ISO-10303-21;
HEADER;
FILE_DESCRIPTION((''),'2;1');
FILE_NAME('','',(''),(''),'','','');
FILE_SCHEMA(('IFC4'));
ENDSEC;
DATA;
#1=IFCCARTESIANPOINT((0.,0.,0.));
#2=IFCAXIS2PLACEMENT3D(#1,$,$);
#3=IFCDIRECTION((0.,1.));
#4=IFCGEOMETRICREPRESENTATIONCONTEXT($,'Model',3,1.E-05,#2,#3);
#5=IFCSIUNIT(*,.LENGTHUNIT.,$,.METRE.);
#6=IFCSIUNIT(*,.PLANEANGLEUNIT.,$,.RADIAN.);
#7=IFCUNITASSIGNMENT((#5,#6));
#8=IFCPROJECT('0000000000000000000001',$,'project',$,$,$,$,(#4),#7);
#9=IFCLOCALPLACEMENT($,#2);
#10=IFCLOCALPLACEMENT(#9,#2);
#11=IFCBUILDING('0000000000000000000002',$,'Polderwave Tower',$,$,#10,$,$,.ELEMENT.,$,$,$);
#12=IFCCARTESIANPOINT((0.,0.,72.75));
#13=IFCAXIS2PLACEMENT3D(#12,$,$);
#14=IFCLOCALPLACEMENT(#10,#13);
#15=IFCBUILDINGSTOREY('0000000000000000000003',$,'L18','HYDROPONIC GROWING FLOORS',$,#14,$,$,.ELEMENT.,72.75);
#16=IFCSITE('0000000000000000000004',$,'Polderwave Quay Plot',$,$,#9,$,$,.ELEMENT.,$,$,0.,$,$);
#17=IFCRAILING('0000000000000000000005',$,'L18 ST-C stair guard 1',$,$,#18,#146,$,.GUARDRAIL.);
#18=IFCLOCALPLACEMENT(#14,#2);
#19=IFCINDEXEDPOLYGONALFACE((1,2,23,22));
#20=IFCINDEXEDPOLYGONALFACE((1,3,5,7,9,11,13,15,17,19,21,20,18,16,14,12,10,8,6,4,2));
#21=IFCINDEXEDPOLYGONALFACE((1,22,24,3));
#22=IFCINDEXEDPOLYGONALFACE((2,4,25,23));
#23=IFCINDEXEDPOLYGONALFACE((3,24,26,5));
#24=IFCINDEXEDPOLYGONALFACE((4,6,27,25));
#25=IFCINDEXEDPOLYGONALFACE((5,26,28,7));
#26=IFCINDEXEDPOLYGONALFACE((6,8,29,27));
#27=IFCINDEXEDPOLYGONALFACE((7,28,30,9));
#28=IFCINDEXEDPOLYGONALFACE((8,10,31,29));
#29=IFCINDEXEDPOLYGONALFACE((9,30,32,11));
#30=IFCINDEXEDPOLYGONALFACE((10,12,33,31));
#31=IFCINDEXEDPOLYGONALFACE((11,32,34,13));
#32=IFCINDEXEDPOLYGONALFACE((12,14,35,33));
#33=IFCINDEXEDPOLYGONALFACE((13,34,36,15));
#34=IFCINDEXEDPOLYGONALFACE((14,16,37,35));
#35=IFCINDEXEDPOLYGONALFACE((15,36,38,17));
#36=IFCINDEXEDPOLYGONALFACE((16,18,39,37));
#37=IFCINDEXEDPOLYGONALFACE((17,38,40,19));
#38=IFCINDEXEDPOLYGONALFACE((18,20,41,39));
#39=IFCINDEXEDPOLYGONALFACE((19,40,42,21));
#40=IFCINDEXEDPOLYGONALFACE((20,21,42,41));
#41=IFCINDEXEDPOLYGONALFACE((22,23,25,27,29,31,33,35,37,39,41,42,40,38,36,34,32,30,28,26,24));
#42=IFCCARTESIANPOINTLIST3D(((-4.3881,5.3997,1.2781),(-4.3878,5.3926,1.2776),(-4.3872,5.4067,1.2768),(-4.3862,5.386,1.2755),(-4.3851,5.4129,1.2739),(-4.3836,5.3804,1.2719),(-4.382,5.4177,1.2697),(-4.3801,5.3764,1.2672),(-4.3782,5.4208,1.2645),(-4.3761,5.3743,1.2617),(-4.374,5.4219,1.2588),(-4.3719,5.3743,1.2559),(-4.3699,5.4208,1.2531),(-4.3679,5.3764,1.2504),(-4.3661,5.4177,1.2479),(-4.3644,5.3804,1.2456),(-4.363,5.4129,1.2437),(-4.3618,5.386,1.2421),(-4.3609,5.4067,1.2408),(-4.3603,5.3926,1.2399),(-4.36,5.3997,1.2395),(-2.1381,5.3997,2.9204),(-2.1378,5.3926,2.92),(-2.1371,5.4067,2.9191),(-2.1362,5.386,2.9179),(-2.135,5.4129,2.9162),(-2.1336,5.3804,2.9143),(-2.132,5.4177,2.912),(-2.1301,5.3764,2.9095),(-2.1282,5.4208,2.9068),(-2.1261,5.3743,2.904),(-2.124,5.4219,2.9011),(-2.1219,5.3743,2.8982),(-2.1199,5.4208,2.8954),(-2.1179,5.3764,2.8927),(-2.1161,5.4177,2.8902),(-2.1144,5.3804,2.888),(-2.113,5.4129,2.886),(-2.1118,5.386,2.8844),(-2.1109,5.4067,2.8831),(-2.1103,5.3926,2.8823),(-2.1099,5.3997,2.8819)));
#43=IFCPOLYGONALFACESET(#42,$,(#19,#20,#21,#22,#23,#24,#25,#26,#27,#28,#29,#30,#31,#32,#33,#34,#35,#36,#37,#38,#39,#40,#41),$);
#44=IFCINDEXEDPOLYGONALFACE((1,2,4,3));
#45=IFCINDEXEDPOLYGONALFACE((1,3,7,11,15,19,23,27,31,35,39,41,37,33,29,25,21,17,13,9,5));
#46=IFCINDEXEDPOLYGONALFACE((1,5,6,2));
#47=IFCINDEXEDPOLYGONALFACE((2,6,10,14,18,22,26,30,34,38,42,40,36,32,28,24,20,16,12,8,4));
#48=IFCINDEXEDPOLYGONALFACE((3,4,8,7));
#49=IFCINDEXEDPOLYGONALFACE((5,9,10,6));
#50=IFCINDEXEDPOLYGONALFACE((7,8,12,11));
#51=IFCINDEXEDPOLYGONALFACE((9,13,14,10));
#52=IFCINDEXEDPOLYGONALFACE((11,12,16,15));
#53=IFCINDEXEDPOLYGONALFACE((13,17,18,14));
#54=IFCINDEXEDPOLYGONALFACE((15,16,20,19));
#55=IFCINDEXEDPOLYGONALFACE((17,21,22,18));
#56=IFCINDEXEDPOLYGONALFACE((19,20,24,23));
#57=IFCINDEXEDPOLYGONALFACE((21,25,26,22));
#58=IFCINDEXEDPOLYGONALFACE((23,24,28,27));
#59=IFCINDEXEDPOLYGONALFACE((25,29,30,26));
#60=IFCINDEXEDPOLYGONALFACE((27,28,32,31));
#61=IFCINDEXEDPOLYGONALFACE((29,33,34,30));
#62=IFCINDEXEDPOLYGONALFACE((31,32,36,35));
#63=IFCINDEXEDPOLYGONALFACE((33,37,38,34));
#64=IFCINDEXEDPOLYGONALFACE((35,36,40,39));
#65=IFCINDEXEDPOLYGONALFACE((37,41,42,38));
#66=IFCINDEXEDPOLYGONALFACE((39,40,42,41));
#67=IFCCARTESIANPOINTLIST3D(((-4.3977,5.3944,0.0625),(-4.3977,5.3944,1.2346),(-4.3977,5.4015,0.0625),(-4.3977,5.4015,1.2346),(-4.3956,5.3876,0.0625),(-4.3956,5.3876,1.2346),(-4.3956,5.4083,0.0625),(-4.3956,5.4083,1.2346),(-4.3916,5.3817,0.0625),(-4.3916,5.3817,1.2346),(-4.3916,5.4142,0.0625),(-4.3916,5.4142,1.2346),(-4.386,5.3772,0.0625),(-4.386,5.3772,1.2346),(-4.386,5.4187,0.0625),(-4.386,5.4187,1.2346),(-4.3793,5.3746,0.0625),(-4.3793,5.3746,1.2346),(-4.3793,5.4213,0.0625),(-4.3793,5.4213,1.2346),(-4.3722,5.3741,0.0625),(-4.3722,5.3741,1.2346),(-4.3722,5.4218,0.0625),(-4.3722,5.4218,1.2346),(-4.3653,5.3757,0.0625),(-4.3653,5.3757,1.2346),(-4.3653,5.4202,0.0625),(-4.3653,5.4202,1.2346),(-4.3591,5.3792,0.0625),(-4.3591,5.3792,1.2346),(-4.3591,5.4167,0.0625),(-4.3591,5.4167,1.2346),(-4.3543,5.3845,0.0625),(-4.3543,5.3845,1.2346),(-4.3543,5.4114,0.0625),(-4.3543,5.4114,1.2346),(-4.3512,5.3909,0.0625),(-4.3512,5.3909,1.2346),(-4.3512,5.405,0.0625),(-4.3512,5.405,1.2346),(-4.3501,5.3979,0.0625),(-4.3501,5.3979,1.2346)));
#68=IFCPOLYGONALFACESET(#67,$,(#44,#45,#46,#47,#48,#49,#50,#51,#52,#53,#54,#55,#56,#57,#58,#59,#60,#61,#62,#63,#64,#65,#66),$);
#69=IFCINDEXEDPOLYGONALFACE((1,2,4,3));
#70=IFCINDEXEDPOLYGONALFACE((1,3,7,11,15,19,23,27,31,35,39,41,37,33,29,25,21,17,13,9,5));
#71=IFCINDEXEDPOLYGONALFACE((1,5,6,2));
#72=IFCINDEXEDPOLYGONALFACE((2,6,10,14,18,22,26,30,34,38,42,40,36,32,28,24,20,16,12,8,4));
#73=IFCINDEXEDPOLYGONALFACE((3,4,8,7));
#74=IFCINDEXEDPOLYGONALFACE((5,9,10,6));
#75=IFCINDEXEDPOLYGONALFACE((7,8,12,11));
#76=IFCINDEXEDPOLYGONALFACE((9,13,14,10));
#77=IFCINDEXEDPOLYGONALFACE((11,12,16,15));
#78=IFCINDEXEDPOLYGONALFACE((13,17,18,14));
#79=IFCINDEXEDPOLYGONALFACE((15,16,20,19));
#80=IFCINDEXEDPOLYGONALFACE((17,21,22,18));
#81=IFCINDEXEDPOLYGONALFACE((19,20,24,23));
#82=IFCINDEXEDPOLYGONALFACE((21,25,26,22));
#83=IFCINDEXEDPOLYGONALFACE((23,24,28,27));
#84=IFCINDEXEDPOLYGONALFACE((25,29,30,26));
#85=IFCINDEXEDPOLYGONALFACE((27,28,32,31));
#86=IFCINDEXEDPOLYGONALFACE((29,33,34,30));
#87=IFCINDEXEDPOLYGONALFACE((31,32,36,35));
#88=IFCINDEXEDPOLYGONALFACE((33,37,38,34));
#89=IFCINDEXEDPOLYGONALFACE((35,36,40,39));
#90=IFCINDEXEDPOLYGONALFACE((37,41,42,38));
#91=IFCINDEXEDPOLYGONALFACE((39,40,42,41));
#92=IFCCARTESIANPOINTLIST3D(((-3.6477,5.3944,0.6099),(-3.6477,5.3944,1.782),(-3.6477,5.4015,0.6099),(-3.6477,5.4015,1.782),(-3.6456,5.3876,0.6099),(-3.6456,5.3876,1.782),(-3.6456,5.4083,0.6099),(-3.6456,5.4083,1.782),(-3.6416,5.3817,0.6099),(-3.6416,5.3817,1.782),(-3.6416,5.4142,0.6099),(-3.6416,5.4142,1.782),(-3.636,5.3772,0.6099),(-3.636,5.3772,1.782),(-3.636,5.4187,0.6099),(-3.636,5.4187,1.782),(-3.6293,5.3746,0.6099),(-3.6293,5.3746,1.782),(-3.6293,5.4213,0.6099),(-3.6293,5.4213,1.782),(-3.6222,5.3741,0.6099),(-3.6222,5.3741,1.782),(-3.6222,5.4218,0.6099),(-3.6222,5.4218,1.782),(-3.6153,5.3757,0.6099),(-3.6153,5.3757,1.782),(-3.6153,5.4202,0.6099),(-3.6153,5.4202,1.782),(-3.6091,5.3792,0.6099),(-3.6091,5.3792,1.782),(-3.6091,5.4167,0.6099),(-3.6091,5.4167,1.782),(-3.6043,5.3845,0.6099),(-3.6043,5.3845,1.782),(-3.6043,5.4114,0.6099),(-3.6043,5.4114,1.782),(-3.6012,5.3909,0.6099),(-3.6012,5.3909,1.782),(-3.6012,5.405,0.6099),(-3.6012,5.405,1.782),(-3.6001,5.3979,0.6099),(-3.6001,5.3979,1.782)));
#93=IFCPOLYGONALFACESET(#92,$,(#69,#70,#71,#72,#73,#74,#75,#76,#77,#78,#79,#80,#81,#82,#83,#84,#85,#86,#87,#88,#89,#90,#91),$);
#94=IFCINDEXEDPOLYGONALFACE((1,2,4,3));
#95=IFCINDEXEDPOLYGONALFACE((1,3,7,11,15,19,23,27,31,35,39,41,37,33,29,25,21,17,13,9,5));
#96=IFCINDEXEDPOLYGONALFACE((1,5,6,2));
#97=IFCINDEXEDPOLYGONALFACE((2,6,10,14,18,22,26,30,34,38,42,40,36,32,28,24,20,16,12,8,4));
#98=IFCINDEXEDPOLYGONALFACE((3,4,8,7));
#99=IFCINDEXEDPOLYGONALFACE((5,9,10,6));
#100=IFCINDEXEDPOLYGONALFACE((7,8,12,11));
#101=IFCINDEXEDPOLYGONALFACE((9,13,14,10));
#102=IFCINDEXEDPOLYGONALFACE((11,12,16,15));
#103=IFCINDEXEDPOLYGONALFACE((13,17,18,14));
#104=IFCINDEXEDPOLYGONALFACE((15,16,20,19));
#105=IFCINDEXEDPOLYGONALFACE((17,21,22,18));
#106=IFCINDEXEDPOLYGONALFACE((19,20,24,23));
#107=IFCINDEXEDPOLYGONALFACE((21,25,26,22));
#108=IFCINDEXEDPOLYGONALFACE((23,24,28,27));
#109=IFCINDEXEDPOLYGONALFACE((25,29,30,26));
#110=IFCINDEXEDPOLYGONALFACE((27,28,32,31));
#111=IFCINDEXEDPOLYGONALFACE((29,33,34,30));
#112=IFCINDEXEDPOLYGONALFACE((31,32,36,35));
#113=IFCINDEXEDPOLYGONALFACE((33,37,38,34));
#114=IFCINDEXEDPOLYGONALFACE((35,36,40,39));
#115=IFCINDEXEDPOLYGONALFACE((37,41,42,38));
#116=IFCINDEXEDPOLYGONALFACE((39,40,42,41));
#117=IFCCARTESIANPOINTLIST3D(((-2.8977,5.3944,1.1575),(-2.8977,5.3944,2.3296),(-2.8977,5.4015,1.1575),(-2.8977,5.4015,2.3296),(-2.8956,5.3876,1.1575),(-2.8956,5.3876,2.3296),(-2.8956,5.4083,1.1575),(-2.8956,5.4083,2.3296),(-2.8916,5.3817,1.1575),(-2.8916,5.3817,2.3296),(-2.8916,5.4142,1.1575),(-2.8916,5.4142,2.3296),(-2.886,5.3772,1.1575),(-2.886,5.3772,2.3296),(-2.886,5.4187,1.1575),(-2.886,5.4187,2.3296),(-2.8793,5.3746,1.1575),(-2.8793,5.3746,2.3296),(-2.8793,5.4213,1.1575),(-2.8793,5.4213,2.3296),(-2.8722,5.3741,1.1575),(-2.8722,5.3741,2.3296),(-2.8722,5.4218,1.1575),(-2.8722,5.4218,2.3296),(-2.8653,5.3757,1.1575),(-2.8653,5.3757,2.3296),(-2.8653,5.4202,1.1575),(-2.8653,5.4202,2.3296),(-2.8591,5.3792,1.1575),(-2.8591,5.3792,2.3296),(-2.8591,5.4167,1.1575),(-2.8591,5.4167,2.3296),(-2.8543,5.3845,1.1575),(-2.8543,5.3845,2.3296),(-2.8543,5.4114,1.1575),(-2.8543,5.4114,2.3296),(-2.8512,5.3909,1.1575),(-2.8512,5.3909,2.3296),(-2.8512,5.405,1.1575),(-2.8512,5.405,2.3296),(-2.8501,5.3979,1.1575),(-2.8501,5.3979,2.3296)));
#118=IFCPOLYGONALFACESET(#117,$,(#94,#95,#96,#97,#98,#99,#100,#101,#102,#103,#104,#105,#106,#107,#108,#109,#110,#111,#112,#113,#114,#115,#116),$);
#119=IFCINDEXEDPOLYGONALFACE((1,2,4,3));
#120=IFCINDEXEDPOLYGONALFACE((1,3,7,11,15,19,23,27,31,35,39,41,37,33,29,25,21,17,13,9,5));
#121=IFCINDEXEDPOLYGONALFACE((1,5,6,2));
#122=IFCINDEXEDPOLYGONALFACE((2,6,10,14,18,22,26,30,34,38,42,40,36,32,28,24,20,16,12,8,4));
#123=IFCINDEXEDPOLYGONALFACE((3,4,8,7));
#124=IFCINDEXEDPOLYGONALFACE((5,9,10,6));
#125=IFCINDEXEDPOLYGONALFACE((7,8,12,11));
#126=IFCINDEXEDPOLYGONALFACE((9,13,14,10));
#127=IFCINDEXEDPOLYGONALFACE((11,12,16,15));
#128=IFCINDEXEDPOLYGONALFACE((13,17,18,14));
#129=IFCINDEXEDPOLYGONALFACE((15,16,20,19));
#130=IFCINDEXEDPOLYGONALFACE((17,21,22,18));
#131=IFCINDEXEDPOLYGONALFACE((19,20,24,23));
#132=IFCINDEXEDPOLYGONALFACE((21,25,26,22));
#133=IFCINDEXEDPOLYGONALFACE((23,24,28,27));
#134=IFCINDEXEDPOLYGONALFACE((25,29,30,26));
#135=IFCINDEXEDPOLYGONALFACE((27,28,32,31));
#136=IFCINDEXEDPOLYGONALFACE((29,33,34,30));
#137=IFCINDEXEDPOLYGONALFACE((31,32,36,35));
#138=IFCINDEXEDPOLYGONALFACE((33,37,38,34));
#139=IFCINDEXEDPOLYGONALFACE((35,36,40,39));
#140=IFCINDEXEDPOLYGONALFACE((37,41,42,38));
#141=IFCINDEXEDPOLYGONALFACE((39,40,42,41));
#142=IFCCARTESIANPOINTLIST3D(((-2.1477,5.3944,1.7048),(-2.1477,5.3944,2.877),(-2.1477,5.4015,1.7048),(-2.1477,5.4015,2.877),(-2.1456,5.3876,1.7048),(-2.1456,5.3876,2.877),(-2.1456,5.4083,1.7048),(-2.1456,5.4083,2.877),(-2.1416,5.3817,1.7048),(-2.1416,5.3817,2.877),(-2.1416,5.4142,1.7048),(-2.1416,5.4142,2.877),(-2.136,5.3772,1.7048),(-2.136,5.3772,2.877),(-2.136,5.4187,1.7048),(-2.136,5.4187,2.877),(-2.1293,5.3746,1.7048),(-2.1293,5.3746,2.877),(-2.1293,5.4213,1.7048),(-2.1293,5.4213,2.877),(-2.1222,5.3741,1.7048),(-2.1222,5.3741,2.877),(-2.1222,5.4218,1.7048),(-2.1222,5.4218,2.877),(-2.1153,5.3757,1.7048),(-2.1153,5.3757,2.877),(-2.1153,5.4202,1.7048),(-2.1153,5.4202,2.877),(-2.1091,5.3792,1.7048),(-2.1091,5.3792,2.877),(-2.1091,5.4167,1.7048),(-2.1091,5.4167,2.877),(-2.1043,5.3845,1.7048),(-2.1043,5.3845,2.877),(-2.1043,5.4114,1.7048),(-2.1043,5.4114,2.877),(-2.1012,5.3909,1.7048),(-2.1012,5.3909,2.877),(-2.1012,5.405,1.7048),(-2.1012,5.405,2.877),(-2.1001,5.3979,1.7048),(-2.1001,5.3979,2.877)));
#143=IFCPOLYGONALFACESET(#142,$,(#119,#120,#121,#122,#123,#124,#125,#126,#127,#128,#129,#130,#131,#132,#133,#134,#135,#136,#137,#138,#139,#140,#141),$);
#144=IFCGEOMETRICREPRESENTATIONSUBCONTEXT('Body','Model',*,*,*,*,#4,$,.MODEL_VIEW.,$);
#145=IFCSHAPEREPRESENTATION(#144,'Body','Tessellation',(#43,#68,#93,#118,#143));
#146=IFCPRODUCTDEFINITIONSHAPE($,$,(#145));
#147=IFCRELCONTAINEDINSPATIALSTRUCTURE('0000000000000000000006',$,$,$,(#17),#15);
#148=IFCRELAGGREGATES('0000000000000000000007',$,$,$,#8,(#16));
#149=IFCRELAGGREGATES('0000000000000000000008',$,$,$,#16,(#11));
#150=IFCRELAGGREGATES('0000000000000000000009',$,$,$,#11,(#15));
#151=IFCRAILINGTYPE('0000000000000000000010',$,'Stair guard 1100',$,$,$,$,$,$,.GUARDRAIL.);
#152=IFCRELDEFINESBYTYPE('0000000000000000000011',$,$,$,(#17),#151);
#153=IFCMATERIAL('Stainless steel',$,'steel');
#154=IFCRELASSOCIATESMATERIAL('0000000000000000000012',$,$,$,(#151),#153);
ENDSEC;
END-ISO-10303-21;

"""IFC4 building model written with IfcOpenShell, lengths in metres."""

from ifc_helpers import new_model, si_unit, direction, frame, origin, origin_2d, place, context, subcontext, project, spatial, circle, extrude, material, type_object, element, save


model = new_model("IFC4")

# Units and contexts
model_context = context("Model", 3, precision=1e-05, world=origin(), true_north=direction((0.0, 1.0)))
body_context = subcontext(model_context, "Body", "Model", "MODEL_VIEW")
ifc_project = project(units=[si_unit("LENGTHUNIT", "METRE"), si_unit("PLANEANGLEUNIT", "RADIAN")], contexts=[model_context])

# Site, building, storey
site_placement = place(None, origin())
site = spatial("IfcSite", under=ifc_project, at=site_placement, Name="Polderwave Quay Plot", CompositionType="ELEMENT", RefElevation=0.0)
building_placement = place(site_placement, origin())
building = spatial("IfcBuilding", under=site, at=building_placement, Name="Polderwave Tower", CompositionType="ELEMENT")
storey_placement = place(building_placement, frame((0.0, 0.0, 72.75)))
storey = spatial("IfcBuildingStorey", under=building, at=storey_placement, Name="L18", Description="HYDROPONIC GROWING FLOORS", CompositionType="ELEMENT", Elevation=72.75)

# Railing
ifc_material_1 = material(Name="Stainless steel", Category="steel")
railing_type_1 = type_object("IfcRailingType", Name="Stair guard 1100", PredefinedType="GUARDRAIL", material=ifc_material_1)
railing_1_placement = place(storey_placement, frame((-4.374, 5.3979, 0.0625)))
element("IfcRailing", 1, at=railing_1_placement, inside=storey, type_object=railing_type_1, Name="L18 ST-C stair guard 1", PredefinedType="GUARDRAIL", context=body_context, shape_type="SweptSolid", body=[
    extrude(circle(Radius=0.0239, at=origin_2d()), frame((0.0, 0.0, 1.1963), z_axis=(0.807715, 0.0, 0.589573), x_axis=(0.0, 1.0, 0.0)), (0.0, 0.0, 1.0), 2.7856),
    extrude(circle(Radius=0.0239, at=origin_2d()), origin(), (0.0, 0.0, 1.0), 1.1721),
    extrude(circle(Radius=0.0239, at=origin_2d()), frame((0.75, 0.0, 0.5474)), (0.0, 0.0, 1.0), 1.1721),
    extrude(circle(Radius=0.0239, at=origin_2d()), frame((1.5, 0.0, 1.095)), (0.0, 0.0, 1.0), 1.1721),
    extrude(circle(Radius=0.0239, at=origin_2d()), frame((2.25, 0.0, 1.6423)), (0.0, 0.0, 1.0), 1.1721),
])

save(model, "model.ifc")
